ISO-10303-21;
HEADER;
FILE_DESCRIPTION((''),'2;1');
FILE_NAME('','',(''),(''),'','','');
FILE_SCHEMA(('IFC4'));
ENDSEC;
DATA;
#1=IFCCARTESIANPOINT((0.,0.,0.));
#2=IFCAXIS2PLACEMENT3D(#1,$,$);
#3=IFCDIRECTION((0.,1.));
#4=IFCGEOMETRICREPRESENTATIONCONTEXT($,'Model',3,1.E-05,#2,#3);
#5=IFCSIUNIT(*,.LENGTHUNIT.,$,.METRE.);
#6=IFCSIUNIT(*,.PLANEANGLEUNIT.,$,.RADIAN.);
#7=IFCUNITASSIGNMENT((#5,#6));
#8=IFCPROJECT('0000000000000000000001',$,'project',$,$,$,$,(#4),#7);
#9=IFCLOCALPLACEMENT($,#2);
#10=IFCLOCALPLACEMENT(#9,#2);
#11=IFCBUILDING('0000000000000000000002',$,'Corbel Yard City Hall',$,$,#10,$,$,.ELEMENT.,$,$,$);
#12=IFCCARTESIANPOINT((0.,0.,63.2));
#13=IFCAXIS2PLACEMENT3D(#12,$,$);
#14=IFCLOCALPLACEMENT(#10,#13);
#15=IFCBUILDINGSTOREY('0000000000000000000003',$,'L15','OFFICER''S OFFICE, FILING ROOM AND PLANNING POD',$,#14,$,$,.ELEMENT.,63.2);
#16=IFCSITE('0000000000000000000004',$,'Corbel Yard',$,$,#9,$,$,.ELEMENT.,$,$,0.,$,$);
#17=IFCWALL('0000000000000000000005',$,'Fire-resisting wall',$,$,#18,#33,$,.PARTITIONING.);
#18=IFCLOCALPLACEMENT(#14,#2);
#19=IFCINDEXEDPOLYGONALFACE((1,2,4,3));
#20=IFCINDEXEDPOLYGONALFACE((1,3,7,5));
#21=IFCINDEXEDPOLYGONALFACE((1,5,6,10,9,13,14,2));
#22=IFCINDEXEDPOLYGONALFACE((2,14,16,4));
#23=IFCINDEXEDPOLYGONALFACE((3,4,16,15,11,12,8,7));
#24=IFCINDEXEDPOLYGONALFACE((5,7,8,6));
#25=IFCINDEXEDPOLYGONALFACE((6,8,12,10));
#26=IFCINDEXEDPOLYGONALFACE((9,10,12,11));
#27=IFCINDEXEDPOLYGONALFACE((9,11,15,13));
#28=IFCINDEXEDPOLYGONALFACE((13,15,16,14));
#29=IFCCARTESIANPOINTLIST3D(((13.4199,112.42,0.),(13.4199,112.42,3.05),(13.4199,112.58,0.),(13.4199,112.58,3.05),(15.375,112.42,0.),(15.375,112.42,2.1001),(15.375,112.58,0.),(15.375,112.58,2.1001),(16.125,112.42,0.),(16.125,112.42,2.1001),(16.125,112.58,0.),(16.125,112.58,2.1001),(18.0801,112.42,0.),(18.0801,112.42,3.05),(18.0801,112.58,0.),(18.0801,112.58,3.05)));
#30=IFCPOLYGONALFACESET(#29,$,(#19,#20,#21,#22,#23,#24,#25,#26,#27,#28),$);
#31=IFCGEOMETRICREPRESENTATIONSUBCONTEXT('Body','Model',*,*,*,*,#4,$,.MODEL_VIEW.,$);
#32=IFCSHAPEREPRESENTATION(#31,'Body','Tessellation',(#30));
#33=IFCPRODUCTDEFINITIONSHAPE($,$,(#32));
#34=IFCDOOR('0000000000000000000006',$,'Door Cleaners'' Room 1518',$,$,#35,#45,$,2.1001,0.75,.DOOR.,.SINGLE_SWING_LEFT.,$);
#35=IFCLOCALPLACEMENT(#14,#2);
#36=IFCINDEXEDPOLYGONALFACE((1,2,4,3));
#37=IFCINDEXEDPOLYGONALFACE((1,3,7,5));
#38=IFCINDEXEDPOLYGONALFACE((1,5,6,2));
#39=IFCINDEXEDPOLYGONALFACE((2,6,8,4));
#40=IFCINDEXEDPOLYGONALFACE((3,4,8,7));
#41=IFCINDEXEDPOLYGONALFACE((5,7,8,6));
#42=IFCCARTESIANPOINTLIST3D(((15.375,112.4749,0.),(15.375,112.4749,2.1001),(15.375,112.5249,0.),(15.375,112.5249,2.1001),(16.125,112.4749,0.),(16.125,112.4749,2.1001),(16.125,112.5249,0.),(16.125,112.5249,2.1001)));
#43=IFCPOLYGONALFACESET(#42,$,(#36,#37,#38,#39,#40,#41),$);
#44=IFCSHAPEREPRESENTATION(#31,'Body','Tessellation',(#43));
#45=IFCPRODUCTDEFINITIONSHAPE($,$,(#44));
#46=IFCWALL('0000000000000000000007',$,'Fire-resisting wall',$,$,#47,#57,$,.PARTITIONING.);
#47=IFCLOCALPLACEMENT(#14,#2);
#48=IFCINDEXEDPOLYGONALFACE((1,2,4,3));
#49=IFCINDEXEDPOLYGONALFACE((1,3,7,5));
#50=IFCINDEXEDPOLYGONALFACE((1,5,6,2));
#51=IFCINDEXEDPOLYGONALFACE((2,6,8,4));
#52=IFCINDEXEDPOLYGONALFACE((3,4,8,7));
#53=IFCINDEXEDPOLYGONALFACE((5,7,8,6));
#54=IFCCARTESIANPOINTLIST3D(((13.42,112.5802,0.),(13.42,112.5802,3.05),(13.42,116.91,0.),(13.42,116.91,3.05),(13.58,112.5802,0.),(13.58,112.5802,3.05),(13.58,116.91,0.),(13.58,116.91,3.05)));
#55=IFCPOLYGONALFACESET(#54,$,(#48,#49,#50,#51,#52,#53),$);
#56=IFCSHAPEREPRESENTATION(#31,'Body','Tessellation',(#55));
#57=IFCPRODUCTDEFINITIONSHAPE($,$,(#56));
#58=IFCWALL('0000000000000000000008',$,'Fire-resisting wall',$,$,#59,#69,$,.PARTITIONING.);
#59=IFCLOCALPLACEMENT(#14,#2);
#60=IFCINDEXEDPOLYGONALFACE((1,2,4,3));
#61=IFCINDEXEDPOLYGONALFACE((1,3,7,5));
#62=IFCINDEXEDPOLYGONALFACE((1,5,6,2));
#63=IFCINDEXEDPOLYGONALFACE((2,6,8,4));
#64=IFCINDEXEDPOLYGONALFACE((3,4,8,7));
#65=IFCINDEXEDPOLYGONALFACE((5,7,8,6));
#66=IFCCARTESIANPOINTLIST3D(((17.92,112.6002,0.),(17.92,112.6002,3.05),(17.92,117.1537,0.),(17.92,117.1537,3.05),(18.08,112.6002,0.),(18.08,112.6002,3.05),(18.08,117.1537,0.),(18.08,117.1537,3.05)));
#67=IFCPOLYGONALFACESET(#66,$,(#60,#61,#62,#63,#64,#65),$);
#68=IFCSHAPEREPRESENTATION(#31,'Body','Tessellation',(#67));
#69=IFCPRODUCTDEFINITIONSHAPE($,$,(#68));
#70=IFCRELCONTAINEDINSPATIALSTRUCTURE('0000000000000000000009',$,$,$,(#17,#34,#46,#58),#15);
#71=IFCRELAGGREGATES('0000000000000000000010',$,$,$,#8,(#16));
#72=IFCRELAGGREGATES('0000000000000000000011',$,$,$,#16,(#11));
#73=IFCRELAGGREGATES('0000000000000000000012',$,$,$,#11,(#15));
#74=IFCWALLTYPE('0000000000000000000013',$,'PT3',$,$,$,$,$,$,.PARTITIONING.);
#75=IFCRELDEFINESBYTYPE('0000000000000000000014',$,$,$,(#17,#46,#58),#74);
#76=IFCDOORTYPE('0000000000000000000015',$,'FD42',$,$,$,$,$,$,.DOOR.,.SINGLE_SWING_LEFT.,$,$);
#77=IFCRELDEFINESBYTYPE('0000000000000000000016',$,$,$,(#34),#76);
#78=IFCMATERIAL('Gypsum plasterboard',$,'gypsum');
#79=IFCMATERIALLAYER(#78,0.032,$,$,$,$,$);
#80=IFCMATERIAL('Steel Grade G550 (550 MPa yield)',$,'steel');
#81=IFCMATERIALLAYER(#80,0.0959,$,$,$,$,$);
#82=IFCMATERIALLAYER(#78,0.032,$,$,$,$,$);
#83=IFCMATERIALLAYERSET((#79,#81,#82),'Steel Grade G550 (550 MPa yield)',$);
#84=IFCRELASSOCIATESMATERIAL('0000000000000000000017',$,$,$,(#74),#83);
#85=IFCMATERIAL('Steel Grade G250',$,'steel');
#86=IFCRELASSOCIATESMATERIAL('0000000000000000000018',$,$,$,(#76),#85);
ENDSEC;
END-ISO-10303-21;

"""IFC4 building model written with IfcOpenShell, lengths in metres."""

from ifc_helpers import new_model, si_unit, direction, frame, frame_2d, origin, place, context, subcontext, project, spatial, rectangle, extrude, material, layer, layer_set, type_object, element, fill, save


model = new_model("IFC4")

# Units and contexts
model_context = context("Model", 3, precision=1e-05, world=origin(), true_north=direction((0.0, 1.0)))
body_context = subcontext(model_context, "Body", "Model", "MODEL_VIEW")
ifc_project = project(units=[si_unit("LENGTHUNIT", "METRE"), si_unit("PLANEANGLEUNIT", "RADIAN")], contexts=[model_context])

# Site, building, storey
site_placement = place(None, origin())
site = spatial("IfcSite", under=ifc_project, at=site_placement, Name="Corbel Yard", CompositionType="ELEMENT", RefElevation=0.0)
building_placement = place(site_placement, origin())
building = spatial("IfcBuilding", under=site, at=building_placement, Name="Corbel Yard City Hall", CompositionType="ELEMENT")
storey_placement = place(building_placement, frame((0.0, 0.0, 63.2)))
storey = spatial("IfcBuildingStorey", under=building, at=storey_placement, Name="L15", Description="OFFICER'S OFFICE, FILING ROOM AND PLANNING POD", CompositionType="ELEMENT", Elevation=63.2)

# Shared definitions
ifc_material_1 = material(Name="Gypsum plasterboard", Category="gypsum")
ifc_material_2 = material(Name="Steel Grade G550 (550 MPa yield)", Category="steel")

# Wall, opening, door
ifc_layer_1 = layer(ifc_material_1, 0.032)
ifc_layer_2 = layer(ifc_material_2, 0.0959)
ifc_layer_3 = layer(ifc_material_1, 0.032)
ifc_layer_set_1 = layer_set([ifc_layer_1, ifc_layer_2, ifc_layer_3], Name="Steel Grade G550 (550 MPa yield)")
wall_type_1 = type_object("IfcWallType", Name="PT3", PredefinedType="PARTITIONING", material=ifc_layer_set_1)
wall_1_placement = place(storey_placement, frame((13.4199, 112.5, 0.0), z_axis=(0.0, 0.0, 1.0), x_axis=(1.0, 0.0, 0.0)))
wall_1 = element("IfcWall", 1, at=wall_1_placement, inside=storey, type_object=wall_type_1, Name="Fire-resisting wall", PredefinedType="PARTITIONING", context=body_context, shape_type="SweptSolid", body=[
    extrude(rectangle(XDim=4.6602, YDim=0.1599, at=frame_2d((2.3301, 0.0))), origin(), (0.0, 0.0, 1.0), 3.05),
])
opening_1_placement = place(wall_1_placement, frame((1.9551, 0.0, 0.0)))
opening_1 = element("IfcOpeningElement", 2, at=opening_1_placement, cuts=wall_1, PredefinedType="OPENING", context=body_context, shape_type="SweptSolid", body=[
    extrude(rectangle(XDim=0.75, YDim=2.1001, at=frame_2d((0.375, 1.05))), frame((0.0, 0.0898, 0.0), z_axis=(0.0, -1.0, 0.0), x_axis=(1.0, 0.0, 0.0)), (0.0, 0.0, 1.0), 0.1799),
])
ifc_material_3 = material(Name="Steel Grade G250", Category="steel")
door_type_1 = type_object("IfcDoorType", Name="FD42", OperationType="SINGLE_SWING_LEFT", PredefinedType="DOOR", material=ifc_material_3)
door_1_placement = place(opening_1_placement, origin())
door_1 = element("IfcDoor", 3, at=door_1_placement, inside=storey, type_object=door_type_1, Name="Door Cleaners' Room 1518", OperationType="SINGLE_SWING_LEFT", OverallHeight=2.1001, OverallWidth=0.75, PredefinedType="DOOR", context=body_context, shape_type="SweptSolid", body=[
    extrude(rectangle(XDim=0.75, YDim=2.1001, at=frame_2d((0.375, 1.05))), frame((0.0, 0.0249, 0.0), z_axis=(0.0, -1.0, 0.0), x_axis=(1.0, 0.0, 0.0)), (0.0, 0.0, 1.0), 0.05),
])
fill(opening_1, door_1)

# Walls
wall_2_placement = place(storey_placement, frame((13.5, 112.5801, 0.0), z_axis=(0.0, 0.0, 1.0), x_axis=(0.0, 1.0, 0.0)))
element("IfcWall", 4, at=wall_2_placement, inside=storey, type_object=wall_type_1, Name="Fire-resisting wall", PredefinedType="PARTITIONING", context=body_context, shape_type="SweptSolid", body=[
    extrude(rectangle(XDim=4.3298, YDim=0.1599, at=frame_2d((2.165, 0.0))), origin(), (0.0, 0.0, 1.0), 3.05),
])
wall_3_placement = place(storey_placement, frame((18.0, 112.6001, 0.0), z_axis=(0.0, 0.0, 1.0), x_axis=(0.0, 1.0, 0.0)))
element("IfcWall", 5, at=wall_3_placement, inside=storey, type_object=wall_type_1, Name="Fire-resisting wall", PredefinedType="PARTITIONING", context=body_context, shape_type="SweptSolid", body=[
    extrude(rectangle(XDim=4.5535, YDim=0.1599, at=frame_2d((2.2769, 0.0))), origin(), (0.0, 0.0, 1.0), 3.05),
])

save(model, "model.ifc")
